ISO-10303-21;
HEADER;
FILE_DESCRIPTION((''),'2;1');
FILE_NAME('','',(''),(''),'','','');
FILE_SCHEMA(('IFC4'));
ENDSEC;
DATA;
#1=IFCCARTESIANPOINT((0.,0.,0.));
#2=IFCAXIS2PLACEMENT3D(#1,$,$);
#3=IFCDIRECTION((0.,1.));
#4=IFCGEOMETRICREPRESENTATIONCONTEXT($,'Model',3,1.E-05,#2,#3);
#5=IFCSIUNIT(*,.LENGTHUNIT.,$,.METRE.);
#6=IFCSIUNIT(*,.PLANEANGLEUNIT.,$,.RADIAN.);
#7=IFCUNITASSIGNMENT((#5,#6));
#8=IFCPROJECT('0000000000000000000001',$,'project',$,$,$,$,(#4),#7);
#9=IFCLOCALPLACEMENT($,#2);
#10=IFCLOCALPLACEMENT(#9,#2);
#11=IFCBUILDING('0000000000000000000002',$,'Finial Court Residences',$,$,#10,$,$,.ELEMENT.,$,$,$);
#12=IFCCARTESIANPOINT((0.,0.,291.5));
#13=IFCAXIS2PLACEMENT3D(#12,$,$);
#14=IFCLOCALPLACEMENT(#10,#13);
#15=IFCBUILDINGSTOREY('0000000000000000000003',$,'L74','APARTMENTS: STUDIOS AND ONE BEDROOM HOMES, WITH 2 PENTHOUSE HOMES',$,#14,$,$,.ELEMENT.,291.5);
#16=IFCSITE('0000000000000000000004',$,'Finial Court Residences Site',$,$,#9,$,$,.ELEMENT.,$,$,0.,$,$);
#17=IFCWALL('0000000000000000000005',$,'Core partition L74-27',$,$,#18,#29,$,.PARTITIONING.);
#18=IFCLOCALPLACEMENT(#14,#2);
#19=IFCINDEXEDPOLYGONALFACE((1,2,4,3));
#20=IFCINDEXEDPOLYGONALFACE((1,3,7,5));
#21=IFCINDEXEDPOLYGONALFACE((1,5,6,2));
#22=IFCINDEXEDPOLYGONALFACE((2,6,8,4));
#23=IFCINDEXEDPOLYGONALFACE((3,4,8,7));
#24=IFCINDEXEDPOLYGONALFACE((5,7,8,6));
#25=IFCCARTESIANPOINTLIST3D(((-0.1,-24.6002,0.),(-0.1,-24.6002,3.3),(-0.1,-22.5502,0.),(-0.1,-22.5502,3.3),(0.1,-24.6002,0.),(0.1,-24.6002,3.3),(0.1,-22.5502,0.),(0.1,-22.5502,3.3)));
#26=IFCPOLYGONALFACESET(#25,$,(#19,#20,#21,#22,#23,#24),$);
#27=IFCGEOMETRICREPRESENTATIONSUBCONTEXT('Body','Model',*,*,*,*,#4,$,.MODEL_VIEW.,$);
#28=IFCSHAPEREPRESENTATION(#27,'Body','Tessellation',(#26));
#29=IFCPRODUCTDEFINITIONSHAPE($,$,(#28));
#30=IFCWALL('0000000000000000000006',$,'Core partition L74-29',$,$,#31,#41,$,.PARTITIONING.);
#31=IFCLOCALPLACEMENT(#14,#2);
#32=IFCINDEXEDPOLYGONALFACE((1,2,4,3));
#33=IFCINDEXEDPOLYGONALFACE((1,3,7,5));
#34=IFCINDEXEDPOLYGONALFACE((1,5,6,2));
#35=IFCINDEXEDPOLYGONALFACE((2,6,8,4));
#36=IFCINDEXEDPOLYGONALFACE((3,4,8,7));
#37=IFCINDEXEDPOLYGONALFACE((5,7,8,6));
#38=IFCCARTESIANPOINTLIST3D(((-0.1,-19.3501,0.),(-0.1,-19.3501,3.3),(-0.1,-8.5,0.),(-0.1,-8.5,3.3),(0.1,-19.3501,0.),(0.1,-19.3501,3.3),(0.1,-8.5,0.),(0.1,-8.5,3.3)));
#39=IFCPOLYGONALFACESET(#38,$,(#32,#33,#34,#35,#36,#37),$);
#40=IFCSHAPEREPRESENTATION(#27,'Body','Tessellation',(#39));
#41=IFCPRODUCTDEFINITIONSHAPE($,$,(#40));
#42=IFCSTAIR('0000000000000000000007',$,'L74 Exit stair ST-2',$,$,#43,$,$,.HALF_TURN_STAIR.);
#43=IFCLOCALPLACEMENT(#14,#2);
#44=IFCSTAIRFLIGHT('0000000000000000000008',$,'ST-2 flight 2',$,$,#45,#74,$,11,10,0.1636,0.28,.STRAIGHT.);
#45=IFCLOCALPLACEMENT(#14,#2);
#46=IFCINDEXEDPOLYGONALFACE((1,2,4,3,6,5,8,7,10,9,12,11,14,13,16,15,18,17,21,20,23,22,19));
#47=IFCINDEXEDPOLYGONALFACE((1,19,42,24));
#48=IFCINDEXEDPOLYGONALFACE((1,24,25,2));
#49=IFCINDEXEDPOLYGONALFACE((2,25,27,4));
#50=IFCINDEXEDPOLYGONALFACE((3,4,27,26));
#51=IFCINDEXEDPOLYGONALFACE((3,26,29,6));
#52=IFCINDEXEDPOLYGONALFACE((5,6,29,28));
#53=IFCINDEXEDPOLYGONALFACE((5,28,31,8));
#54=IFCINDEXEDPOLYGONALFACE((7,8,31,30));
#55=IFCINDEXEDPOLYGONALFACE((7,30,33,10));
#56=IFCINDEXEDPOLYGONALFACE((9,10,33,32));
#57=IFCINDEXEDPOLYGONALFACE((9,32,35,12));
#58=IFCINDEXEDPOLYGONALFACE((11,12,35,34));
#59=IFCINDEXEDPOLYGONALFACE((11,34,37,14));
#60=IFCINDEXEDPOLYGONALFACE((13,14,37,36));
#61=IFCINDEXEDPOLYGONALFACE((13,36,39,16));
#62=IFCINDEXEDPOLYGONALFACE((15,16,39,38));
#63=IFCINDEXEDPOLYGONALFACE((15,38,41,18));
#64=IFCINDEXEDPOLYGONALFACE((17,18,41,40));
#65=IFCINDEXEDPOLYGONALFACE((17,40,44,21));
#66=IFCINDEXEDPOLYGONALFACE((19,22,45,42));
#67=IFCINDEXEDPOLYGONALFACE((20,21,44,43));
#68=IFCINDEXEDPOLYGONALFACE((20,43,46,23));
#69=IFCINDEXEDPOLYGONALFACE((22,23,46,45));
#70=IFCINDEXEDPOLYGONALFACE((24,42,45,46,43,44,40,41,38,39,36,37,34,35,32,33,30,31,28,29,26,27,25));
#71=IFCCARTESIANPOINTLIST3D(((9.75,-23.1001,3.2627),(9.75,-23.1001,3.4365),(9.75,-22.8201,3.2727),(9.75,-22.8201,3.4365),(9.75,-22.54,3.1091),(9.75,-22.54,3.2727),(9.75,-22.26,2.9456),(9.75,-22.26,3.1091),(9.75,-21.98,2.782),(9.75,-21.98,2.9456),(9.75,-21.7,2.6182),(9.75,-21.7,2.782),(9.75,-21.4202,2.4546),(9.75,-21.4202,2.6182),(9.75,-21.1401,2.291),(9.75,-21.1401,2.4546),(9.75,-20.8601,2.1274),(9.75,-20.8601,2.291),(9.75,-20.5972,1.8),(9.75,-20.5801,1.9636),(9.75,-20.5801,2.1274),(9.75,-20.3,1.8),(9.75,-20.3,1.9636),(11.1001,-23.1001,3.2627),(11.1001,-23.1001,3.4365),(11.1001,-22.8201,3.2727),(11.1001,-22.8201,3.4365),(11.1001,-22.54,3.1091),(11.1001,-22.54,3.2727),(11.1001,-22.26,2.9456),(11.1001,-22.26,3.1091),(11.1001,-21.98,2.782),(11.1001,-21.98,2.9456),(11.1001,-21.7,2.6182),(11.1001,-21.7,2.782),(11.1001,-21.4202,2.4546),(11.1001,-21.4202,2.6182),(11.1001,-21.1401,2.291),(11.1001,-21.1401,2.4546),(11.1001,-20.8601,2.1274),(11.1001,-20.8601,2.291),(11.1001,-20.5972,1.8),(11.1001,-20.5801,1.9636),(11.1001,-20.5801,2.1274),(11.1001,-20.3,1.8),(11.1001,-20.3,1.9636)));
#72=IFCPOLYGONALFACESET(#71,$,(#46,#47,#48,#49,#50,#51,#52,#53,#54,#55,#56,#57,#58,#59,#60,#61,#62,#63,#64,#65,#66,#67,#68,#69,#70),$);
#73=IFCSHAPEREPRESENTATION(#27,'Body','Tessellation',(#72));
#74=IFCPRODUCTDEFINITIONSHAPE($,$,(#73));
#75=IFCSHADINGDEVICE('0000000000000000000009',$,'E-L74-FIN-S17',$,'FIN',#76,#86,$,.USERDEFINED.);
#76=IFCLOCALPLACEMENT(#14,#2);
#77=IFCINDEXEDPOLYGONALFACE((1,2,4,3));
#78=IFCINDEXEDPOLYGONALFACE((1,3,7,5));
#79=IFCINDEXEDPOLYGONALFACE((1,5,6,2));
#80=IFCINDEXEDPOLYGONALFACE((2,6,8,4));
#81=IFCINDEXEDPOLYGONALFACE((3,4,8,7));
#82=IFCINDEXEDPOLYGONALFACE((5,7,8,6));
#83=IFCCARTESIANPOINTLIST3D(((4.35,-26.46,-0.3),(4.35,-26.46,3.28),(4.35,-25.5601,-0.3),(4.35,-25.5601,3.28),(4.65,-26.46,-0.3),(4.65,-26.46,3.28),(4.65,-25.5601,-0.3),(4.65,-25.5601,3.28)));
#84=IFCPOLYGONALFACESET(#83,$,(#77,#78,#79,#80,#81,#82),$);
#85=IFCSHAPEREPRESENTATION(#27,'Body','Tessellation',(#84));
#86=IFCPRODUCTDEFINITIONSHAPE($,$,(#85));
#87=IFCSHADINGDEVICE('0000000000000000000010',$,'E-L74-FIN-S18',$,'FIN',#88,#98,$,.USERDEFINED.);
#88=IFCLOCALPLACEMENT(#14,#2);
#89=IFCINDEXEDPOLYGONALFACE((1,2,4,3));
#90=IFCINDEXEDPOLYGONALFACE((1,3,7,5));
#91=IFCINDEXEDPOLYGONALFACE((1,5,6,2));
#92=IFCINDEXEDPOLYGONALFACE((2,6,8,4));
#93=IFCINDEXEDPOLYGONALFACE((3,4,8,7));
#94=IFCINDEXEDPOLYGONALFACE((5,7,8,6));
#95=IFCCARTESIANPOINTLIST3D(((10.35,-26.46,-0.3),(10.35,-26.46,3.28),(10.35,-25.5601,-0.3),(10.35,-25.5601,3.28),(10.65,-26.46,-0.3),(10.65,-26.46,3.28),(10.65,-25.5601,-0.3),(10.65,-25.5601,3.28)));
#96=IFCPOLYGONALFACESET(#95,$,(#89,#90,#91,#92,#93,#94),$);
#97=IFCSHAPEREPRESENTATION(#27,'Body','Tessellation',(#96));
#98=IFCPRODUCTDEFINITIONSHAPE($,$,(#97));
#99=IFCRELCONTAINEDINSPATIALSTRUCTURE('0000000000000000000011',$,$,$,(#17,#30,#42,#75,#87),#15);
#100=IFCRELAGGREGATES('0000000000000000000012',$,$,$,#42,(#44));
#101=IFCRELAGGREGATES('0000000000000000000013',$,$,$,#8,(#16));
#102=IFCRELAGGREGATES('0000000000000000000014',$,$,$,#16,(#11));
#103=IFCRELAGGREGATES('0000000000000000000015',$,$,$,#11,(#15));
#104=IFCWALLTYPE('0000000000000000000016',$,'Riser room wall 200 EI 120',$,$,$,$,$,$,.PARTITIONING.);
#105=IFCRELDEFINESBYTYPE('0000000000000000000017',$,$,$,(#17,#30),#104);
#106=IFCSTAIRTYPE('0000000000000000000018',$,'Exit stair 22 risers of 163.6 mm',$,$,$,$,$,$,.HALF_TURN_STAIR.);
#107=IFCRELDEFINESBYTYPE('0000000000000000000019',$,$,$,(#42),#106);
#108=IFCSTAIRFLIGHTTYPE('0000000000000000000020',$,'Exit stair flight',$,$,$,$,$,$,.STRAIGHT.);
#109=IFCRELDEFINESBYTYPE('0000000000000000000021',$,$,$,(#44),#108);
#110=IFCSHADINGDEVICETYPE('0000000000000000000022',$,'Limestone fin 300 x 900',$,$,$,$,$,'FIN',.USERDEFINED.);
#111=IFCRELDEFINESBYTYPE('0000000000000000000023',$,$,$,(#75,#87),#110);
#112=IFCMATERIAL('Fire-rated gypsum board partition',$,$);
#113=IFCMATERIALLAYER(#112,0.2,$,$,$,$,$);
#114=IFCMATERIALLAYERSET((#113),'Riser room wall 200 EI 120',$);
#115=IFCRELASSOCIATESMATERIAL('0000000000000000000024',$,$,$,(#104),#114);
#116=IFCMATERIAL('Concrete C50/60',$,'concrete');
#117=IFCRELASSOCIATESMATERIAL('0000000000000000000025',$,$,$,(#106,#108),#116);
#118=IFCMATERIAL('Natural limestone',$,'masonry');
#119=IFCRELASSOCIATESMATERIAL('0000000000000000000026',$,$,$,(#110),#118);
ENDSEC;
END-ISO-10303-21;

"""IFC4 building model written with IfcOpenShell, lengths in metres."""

from ifc_helpers import new_model, si_unit, direction, frame, frame_2d, origin, origin_2d, place, context, subcontext, project, spatial, polyline, rectangle, outline, extrude, material, layer, layer_set, type_object, element, aggregate, save


model = new_model("IFC4")

# Units and contexts
model_context = context("Model", 3, precision=1e-05, world=origin(), true_north=direction((0.0, 1.0)))
body_context = subcontext(model_context, "Body", "Model", "MODEL_VIEW")
ifc_project = project(units=[si_unit("LENGTHUNIT", "METRE"), si_unit("PLANEANGLEUNIT", "RADIAN")], contexts=[model_context])

# Site, building, storey
site_placement = place(None, origin())
site = spatial("IfcSite", under=ifc_project, at=site_placement, Name="Finial Court Residences Site", CompositionType="ELEMENT", RefElevation=0.0)
building_placement = place(site_placement, origin())
building = spatial("IfcBuilding", under=site, at=building_placement, Name="Finial Court Residences", CompositionType="ELEMENT")
storey_placement = place(building_placement, frame((0.0, 0.0, 291.5)))
storey = spatial("IfcBuildingStorey", under=building, at=storey_placement, Name="L74", Description="APARTMENTS: STUDIOS AND ONE BEDROOM HOMES, WITH 2 PENTHOUSE HOMES", CompositionType="ELEMENT", Elevation=291.5)

# Shared definitions
ifc_material_1 = material(Name="Fire-rated gypsum board partition")

# Shared definitions
ifc_material_2 = material(Name="Concrete C50/60", Category="concrete")

# Walls
ifc_layer_1 = layer(ifc_material_1, 0.2)
ifc_layer_set_1 = layer_set([ifc_layer_1], Name="Riser room wall 200 EI 120")
wall_type_1 = type_object("IfcWallType", Name="Riser room wall 200 EI 120", PredefinedType="PARTITIONING", material=ifc_layer_set_1)
wall_1_placement = place(storey_placement, frame((0.0, -24.6001, 0.0), z_axis=(0.0, 0.0, 1.0), x_axis=(0.0, 1.0, 0.0)))
element("IfcWall", 1, at=wall_1_placement, inside=storey, type_object=wall_type_1, Name="Core partition L74-27", PredefinedType="PARTITIONING", context=body_context, shape_type="SweptSolid", body=[
    extrude(rectangle(XDim=2.05, YDim=0.2, at=frame_2d((1.0249, 0.0))), origin(), (0.0, 0.0, 1.0), 3.3),
])
wall_2_placement = place(storey_placement, frame((0.0, -19.3501, 0.0), z_axis=(0.0, 0.0, 1.0), x_axis=(0.0, 1.0, 0.0)))
element("IfcWall", 2, at=wall_2_placement, inside=storey, type_object=wall_type_1, Name="Core partition L74-29", PredefinedType="PARTITIONING", context=body_context, shape_type="SweptSolid", body=[
    extrude(rectangle(XDim=10.8501, YDim=0.2, at=frame_2d((5.425, 0.0))), origin(), (0.0, 0.0, 1.0), 3.3),
])

# Stair, stair flight
stair_type = type_object("IfcStairType", Name="Exit stair 22 risers of 163.6 mm", PredefinedType="HALF_TURN_STAIR", material=ifc_material_2)
stair_placement = place(storey_placement, origin())
stair = element("IfcStair", 3, at=stair_placement, inside=storey, type_object=stair_type, Name="L74 Exit stair ST-2", PredefinedType="HALF_TURN_STAIR")
stair_flight_type = type_object("IfcStairFlightType", Name="Exit stair flight", PredefinedType="STRAIGHT", material=ifc_material_2)
stair_flight_placement = place(storey_placement, frame((10.425, -20.3, 1.8), z_axis=(0.0, 0.0, 1.0), x_axis=(0.0, -1.0, 0.0)))
stair_flight = element("IfcStairFlight", 4, at=stair_flight_placement, type_object=stair_flight_type, Name="ST-2 flight 2", NumberOfRisers=11, NumberOfTreads=10, PredefinedType="STRAIGHT", RiserHeight=0.1636, TreadLength=0.28, context=body_context, shape_type="SweptSolid", body=[
    extrude(outline(polyline([(0.0, 0.0), (0.0, 0.1636), (0.28, 0.1636), (0.28, 0.3274), (0.5601, 0.3274), (0.5601, 0.491), (0.8401, 0.491), (0.8401, 0.6545), (1.1201, 0.6545), (1.1201, 0.8181), (1.3999, 0.8181), (1.3999, 0.9819), (1.6799, 0.9819), (1.6799, 1.1455), (1.96, 1.1455), (1.96, 1.3091), (2.24, 1.3091), (2.24, 1.4727), (2.52, 1.4727), (2.52, 1.6365), (2.8, 1.6365), (2.8, 1.8), (2.8, 1.4626), (0.2971, 0.0), (0.0, 0.0)])), frame((0.0, 0.675, 0.0), z_axis=(0.0, -1.0, 0.0), x_axis=(1.0, 0.0, 0.0)), (0.0, 0.0, 1.0), 1.3501),
])
aggregate(stair, [stair_flight])

# Shading devices
ifc_material_3 = material(Name="Natural limestone", Category="masonry")
shading_device_type = type_object("IfcShadingDeviceType", Name="Limestone fin 300 x 900", ElementType="FIN", PredefinedType="USERDEFINED", material=ifc_material_3)
for number, where, z_axis, x_axis, name in (
    (5, (4.5, -26.01, -0.3), (0.0, 0.0, 1.0), (1.0, 0.0, 0.0), "E-L74-FIN-S17"),
    (6, (10.5, -26.01, -0.3), (0.0, 0.0, 1.0), (1.0, 0.0, 0.0), "E-L74-FIN-S18"),
):
    element("IfcShadingDevice", number, at=place(storey_placement, frame(where, z_axis=z_axis, x_axis=x_axis)), inside=storey, type_object=shading_device_type, Name=name, ObjectType="FIN", PredefinedType="USERDEFINED", context=body_context, shape_type="SweptSolid", body=[
        extrude(rectangle(XDim=0.3, YDim=0.8999, at=origin_2d()), origin(), (0.0, 0.0, 1.0), 3.5801),
    ])

save(model, "model.ifc")
